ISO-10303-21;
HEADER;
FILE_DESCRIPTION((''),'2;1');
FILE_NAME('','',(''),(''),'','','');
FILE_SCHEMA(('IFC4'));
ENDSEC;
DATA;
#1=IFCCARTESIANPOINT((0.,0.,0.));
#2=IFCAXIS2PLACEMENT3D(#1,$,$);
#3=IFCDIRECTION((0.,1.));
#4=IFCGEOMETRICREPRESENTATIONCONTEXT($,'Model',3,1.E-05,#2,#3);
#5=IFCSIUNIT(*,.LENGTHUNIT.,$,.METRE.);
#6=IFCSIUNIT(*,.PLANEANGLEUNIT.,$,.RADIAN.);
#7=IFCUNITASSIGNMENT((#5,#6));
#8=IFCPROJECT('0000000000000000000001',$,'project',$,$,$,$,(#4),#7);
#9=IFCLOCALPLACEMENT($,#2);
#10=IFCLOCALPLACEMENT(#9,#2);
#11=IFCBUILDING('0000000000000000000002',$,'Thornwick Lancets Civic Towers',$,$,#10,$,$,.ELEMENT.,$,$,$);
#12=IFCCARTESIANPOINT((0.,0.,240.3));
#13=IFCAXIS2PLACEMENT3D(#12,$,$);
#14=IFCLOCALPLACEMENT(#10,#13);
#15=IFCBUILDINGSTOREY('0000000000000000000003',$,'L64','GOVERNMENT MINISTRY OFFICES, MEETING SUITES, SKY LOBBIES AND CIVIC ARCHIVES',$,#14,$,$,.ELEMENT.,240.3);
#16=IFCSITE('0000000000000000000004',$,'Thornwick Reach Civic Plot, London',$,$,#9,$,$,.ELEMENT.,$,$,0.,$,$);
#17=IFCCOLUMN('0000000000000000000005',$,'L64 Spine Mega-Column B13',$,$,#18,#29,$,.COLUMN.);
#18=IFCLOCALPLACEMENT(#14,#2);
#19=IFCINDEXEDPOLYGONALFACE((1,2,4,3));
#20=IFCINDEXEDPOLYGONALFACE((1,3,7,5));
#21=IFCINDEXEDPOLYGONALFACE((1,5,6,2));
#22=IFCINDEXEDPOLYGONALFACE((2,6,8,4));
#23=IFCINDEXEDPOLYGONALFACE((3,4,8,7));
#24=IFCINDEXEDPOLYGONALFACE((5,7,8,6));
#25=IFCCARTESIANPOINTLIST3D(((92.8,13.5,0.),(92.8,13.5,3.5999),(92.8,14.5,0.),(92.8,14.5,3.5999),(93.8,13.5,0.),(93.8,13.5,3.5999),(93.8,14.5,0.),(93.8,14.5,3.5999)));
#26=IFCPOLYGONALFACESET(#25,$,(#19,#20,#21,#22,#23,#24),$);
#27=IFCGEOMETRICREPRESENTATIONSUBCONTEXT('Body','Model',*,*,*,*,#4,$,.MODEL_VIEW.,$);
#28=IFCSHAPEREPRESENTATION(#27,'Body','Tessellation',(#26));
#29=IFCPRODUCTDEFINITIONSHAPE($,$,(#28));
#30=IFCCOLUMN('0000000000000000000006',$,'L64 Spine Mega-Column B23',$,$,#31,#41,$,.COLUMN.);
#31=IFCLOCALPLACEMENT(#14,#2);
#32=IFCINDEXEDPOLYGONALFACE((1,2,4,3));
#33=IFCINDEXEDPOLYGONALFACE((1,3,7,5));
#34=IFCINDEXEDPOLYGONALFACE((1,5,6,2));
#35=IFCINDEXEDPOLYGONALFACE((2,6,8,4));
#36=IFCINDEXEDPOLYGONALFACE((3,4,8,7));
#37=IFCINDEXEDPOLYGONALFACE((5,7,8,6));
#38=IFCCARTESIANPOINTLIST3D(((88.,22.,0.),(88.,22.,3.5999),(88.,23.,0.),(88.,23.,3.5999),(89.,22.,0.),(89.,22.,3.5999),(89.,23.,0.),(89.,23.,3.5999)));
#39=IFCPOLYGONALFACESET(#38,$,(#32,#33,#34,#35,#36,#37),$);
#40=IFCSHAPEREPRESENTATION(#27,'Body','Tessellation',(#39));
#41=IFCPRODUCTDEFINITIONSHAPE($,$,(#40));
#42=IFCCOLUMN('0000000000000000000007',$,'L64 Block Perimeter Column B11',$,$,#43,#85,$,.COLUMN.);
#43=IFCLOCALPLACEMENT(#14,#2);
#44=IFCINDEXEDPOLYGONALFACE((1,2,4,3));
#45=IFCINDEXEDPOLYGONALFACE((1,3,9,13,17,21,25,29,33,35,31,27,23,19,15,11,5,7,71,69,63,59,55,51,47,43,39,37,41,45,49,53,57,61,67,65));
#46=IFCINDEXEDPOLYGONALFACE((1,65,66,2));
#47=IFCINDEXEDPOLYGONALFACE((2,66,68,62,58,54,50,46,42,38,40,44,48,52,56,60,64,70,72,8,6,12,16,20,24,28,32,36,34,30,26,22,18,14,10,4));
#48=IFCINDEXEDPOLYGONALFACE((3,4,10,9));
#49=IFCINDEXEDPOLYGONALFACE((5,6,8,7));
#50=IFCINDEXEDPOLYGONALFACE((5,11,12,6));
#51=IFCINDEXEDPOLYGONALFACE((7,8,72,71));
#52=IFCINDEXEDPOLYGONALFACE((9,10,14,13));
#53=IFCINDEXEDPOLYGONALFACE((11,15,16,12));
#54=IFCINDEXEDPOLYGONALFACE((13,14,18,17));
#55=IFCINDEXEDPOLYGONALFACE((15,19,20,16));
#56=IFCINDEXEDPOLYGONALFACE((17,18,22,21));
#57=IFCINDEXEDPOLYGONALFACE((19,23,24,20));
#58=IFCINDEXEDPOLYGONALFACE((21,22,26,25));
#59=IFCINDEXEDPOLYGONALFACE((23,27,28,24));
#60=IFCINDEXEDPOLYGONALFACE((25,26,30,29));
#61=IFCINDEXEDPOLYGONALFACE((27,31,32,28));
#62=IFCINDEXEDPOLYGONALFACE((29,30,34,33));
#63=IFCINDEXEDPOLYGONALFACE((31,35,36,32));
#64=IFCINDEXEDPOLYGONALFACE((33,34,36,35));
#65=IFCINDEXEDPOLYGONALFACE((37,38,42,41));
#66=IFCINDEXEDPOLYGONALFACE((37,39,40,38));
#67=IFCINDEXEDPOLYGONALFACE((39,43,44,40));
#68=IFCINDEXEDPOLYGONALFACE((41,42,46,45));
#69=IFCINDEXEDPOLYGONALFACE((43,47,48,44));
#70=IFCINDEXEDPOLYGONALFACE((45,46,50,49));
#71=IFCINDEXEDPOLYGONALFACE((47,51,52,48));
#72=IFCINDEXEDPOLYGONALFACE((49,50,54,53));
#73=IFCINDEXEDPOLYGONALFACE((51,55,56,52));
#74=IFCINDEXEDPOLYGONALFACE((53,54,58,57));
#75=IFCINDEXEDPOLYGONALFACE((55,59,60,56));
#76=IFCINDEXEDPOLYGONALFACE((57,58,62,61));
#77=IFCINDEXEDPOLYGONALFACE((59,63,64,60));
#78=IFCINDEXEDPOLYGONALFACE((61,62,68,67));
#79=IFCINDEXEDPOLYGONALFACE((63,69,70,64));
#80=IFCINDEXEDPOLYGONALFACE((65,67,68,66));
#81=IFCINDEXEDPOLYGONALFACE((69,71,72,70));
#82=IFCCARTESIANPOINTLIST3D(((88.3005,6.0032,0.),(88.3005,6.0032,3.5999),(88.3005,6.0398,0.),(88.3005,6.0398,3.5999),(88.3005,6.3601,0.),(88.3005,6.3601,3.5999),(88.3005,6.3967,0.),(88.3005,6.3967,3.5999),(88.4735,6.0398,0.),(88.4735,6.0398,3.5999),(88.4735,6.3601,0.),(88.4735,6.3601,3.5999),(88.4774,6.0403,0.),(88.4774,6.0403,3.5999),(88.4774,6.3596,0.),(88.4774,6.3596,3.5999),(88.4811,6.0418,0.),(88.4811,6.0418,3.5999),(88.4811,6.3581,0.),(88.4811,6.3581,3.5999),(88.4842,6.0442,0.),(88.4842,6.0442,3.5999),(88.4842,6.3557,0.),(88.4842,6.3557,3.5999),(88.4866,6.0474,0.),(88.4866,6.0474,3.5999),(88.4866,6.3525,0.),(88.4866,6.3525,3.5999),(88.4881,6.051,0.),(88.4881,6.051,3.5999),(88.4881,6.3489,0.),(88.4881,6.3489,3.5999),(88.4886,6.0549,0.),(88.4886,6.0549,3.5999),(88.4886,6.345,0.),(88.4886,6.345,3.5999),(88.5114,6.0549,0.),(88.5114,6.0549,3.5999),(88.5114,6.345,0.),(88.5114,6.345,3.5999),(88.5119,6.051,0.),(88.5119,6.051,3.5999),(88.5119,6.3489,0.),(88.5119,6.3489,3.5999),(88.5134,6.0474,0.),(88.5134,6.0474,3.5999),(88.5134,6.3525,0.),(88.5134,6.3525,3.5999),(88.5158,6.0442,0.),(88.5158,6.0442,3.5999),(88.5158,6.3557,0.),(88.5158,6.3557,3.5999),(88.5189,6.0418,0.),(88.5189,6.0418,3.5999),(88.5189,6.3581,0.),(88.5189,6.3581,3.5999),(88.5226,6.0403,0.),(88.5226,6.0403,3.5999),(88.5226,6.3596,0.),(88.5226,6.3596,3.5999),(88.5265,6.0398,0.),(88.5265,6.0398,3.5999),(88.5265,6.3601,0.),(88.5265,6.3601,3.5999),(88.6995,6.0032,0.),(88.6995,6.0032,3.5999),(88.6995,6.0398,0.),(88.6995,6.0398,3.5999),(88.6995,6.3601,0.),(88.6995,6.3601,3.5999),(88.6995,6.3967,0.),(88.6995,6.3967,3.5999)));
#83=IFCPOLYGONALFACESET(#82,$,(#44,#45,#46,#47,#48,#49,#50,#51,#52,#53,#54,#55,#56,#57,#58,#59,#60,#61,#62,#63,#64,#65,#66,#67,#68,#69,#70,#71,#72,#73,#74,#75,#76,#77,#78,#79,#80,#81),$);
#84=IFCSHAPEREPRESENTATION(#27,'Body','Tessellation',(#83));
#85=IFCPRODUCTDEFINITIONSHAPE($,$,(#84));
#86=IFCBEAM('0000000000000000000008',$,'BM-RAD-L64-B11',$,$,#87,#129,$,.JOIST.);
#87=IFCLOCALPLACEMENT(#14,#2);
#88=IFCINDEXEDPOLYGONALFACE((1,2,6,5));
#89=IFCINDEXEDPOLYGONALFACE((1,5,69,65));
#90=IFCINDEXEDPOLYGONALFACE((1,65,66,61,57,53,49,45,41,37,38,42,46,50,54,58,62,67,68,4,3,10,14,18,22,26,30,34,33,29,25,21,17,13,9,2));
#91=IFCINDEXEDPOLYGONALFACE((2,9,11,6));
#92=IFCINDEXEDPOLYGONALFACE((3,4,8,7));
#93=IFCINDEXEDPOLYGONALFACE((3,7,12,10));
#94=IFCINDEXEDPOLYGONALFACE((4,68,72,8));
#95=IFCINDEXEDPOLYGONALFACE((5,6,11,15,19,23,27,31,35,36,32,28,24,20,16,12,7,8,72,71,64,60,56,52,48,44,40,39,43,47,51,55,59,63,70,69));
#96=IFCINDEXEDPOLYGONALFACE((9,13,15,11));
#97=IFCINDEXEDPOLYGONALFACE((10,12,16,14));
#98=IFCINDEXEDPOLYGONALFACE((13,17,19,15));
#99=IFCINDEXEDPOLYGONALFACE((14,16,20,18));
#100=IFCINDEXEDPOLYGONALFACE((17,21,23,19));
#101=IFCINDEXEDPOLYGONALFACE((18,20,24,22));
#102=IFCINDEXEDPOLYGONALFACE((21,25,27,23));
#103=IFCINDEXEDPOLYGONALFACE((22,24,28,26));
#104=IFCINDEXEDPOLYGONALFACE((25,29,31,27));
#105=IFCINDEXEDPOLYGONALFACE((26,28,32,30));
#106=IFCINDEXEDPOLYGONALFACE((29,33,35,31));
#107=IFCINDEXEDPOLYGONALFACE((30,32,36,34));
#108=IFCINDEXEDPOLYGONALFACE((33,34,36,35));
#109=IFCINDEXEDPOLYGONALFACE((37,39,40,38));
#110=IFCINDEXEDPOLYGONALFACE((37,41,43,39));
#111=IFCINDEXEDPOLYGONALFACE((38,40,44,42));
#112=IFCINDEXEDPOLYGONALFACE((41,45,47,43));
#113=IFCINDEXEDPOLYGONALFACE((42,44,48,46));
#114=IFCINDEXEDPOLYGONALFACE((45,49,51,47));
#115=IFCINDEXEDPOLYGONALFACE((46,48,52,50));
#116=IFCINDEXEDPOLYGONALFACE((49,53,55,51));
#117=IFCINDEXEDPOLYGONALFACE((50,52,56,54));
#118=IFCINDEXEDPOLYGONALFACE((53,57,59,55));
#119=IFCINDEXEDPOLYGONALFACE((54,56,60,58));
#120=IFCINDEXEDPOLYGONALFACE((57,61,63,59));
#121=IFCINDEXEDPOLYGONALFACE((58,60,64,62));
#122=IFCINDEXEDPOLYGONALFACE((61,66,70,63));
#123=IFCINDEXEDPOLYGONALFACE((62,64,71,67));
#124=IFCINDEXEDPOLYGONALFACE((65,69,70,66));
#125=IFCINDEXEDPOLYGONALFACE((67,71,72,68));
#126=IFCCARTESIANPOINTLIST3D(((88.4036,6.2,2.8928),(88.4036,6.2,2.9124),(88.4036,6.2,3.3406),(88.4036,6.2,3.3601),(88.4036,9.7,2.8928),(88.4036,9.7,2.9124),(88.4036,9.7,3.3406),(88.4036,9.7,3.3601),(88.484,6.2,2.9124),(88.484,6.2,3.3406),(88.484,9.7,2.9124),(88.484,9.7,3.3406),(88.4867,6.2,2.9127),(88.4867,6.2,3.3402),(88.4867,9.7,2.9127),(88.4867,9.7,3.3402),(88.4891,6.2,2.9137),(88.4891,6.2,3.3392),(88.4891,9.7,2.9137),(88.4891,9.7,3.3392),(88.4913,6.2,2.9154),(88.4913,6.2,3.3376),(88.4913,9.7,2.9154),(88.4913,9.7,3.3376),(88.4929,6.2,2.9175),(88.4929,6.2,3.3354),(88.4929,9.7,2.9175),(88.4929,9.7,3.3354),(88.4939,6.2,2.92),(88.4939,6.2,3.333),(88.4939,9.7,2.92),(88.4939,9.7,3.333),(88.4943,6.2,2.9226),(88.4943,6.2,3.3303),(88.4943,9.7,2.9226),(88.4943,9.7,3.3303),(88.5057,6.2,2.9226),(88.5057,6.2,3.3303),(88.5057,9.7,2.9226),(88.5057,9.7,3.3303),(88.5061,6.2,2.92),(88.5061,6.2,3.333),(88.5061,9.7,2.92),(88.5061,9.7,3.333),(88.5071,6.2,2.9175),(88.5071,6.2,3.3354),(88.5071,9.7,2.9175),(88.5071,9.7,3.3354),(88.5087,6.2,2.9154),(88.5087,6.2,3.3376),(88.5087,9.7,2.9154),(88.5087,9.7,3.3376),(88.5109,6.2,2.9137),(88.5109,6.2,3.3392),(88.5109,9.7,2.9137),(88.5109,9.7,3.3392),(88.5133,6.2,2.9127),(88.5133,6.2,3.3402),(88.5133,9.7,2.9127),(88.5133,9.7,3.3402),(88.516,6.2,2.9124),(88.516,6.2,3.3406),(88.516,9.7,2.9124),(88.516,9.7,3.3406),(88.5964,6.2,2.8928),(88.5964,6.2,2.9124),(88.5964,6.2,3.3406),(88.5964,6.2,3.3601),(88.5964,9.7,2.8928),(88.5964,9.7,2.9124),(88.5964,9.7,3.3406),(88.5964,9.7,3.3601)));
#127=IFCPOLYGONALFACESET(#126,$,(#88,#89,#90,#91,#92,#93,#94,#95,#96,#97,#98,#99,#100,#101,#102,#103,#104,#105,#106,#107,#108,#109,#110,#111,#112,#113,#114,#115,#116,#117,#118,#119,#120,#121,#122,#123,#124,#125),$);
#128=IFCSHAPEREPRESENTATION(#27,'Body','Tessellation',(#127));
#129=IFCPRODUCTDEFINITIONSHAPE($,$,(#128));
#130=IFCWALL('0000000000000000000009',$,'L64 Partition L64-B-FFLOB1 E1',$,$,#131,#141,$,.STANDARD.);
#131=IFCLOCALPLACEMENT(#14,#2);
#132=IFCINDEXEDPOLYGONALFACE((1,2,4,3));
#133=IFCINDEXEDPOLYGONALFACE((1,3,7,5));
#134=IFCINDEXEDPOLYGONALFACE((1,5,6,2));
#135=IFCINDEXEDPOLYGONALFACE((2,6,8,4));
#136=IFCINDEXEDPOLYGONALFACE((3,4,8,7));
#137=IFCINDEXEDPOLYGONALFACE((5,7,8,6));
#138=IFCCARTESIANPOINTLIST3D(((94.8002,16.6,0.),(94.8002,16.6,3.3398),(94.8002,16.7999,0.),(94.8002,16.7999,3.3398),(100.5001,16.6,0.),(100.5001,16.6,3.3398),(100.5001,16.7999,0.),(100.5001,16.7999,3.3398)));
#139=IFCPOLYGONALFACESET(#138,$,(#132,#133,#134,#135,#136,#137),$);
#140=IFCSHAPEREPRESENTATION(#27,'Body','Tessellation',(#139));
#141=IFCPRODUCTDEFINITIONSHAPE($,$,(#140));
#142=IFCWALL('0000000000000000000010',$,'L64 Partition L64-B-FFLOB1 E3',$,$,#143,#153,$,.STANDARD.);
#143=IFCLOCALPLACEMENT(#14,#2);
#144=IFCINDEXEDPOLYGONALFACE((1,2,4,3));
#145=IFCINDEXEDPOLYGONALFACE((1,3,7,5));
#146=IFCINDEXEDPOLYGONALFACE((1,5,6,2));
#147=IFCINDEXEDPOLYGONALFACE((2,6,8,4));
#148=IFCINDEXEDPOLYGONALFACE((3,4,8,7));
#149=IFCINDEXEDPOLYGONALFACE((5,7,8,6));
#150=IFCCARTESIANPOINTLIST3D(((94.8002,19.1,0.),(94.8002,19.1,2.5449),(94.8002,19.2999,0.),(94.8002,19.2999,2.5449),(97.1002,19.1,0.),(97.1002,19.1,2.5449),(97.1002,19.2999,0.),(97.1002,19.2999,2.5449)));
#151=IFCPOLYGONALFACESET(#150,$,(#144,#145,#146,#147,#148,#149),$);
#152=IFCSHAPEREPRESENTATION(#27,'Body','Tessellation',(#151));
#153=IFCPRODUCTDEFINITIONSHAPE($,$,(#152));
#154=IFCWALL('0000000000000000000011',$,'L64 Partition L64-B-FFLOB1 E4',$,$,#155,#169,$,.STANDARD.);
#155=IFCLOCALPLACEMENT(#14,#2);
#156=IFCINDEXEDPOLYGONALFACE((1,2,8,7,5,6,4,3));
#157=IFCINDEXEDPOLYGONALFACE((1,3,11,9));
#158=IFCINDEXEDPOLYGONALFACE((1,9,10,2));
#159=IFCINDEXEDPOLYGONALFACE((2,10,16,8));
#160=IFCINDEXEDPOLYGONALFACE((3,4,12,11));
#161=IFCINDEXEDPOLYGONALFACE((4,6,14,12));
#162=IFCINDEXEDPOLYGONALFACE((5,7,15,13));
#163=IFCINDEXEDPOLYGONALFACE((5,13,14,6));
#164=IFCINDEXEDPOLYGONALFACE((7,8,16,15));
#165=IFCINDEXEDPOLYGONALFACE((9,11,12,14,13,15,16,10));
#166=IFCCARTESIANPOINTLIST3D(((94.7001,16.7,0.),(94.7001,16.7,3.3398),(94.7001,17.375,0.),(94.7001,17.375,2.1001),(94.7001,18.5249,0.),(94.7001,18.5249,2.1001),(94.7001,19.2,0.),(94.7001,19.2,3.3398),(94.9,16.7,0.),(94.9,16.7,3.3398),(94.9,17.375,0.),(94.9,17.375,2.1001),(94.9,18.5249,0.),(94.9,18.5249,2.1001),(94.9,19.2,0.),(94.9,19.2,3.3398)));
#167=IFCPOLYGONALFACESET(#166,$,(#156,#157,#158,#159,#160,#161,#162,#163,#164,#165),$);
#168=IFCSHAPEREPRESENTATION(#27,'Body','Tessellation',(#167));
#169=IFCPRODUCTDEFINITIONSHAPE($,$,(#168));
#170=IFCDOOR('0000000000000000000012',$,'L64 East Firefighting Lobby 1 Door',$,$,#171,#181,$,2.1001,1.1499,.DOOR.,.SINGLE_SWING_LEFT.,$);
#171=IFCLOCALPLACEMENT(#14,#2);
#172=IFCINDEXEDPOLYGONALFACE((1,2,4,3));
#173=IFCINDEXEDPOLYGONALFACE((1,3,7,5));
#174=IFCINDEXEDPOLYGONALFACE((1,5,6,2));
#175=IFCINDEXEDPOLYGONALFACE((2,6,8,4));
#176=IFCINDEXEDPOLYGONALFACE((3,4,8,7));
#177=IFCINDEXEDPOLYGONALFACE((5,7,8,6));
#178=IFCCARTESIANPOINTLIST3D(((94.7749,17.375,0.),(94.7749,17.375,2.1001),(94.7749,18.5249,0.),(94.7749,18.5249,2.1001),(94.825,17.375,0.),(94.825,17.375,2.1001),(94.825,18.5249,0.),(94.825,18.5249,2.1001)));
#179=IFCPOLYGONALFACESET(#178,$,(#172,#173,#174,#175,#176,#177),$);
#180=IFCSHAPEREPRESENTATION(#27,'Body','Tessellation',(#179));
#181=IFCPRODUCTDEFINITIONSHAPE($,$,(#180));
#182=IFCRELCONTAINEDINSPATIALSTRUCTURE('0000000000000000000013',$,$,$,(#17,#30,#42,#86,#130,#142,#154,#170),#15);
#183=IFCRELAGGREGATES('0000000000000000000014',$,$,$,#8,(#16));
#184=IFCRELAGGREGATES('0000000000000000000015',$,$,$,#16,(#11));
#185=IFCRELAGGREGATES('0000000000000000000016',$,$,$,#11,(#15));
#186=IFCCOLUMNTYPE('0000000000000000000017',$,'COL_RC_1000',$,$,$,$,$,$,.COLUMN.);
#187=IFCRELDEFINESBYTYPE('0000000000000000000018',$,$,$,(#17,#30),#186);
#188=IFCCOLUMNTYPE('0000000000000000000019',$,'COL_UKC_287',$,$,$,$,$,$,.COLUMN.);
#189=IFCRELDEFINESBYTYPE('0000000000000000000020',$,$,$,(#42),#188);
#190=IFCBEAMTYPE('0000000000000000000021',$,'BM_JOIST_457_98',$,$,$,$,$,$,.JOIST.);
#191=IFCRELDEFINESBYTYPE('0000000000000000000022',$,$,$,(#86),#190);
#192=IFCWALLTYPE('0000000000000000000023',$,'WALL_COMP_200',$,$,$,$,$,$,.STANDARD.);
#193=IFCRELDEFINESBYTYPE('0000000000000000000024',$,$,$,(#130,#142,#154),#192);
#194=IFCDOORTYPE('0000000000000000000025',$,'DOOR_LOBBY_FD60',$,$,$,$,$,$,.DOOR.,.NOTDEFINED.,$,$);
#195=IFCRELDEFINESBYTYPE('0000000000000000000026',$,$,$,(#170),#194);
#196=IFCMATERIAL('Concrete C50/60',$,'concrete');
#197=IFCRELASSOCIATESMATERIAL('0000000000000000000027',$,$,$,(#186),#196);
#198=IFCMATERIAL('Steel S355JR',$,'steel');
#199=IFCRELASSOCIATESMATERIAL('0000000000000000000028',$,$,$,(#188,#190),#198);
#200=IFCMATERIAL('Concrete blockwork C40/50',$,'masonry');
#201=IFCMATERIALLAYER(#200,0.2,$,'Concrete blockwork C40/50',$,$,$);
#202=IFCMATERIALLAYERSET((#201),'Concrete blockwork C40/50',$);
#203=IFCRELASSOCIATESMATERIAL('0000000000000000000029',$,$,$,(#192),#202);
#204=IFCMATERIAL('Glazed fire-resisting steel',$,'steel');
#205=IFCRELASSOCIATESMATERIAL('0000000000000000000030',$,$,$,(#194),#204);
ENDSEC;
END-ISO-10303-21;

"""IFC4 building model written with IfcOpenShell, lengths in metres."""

from ifc_helpers import new_model, si_unit, direction, frame, frame_2d, origin, origin_2d, place, context, subcontext, project, spatial, rectangle, i_section, extrude, material, layer, layer_set, material_profile, profile_set, type_object, element, fill, save


model = new_model("IFC4")

# Units and contexts
model_context = context("Model", 3, precision=1e-05, world=origin(), true_north=direction((0.0, 1.0)))
body_context = subcontext(model_context, "Body", "Model", "MODEL_VIEW")
ifc_project = project(units=[si_unit("LENGTHUNIT", "METRE"), si_unit("PLANEANGLEUNIT", "RADIAN")], contexts=[model_context])

# Site, building, storey
site_placement = place(None, origin())
site = spatial("IfcSite", under=ifc_project, at=site_placement, Name="Thornwick Reach Civic Plot, London", CompositionType="ELEMENT", RefElevation=0.0)
building_placement = place(site_placement, origin())
building = spatial("IfcBuilding", under=site, at=building_placement, Name="Thornwick Lancets Civic Towers", CompositionType="ELEMENT")
storey_placement = place(building_placement, frame((0.0, 0.0, 240.3)))
storey = spatial("IfcBuildingStorey", under=building, at=storey_placement, Name="L64", Description="GOVERNMENT MINISTRY OFFICES, MEETING SUITES, SKY LOBBIES AND CIVIC ARCHIVES", CompositionType="ELEMENT", Elevation=240.3)

# Columns
ifc_material_1 = material(Name="Concrete C50/60", Category="concrete")
ifc_material_profile_1 = material_profile(ifc_material_1, rectangle(XDim=1.0, YDim=1.0, at=origin_2d()), Name="RC 1000x1000")
ifc_profile_set_1 = profile_set([ifc_material_profile_1], Name="Concrete C50/60")
column_type_1 = type_object("IfcColumnType", Name="COL_RC_1000", PredefinedType="COLUMN", material=ifc_profile_set_1)
for number, where, z_axis, x_axis, name in (
    (1, (93.3, 14.0, 0.0), (0.0, 0.0, 1.0), (1.0, 0.0, 0.0), "L64 Spine Mega-Column B13"),
    (2, (88.5, 22.5, 0.0), (0.0, 0.0, 1.0), (1.0, 0.0, 0.0), "L64 Spine Mega-Column B23"),
):
    element("IfcColumn", number, at=place(storey_placement, frame(where, z_axis=z_axis, x_axis=x_axis)), inside=storey, type_object=column_type_1, Name=name, PredefinedType="COLUMN", context=body_context, shape_type="SweptSolid", body=[
        extrude(rectangle(XDim=1.0, YDim=1.0, at=origin_2d()), origin(), (0.0, 0.0, 1.0), 3.5999),
    ])
ifc_material_2 = material(Name="Steel S355JR", Category="steel")
ifc_material_profile_2 = material_profile(ifc_material_2, i_section(OverallWidth=0.3989, OverallDepth=0.3936, WebThickness=0.0227, FlangeThickness=0.0366, FilletRadius=0.0151, at=origin_2d()), Name="UKC 356x406x287")
ifc_profile_set_2 = profile_set([ifc_material_profile_2], Name="Steel S355JR")
column_type_2 = type_object("IfcColumnType", Name="COL_UKC_287", PredefinedType="COLUMN", material=ifc_profile_set_2)
column_placement = place(storey_placement, frame((88.5, 6.2, 0.0), z_axis=(0.0, 0.0, 1.0), x_axis=(1.0, 0.0, 0.0)))
element("IfcColumn", 3, at=column_placement, inside=storey, type_object=column_type_2, Name="L64 Block Perimeter Column B11", PredefinedType="COLUMN", context=body_context, shape_type="SweptSolid", body=[
    extrude(i_section(OverallWidth=0.3989, OverallDepth=0.3936, WebThickness=0.0227, FlangeThickness=0.0366, FilletRadius=0.0151, at=origin_2d()), origin(), (0.0, 0.0, 1.0), 3.5999),
])

# Beam
ifc_material_profile_3 = material_profile(ifc_material_2, i_section(OverallWidth=0.1929, OverallDepth=0.4673, WebThickness=0.0115, FlangeThickness=0.0195, FilletRadius=0.0103, at=origin_2d()), Name="UKB 457x191x98")
ifc_profile_set_3 = profile_set([ifc_material_profile_3], Name="Steel S355JR")
beam_type = type_object("IfcBeamType", Name="BM_JOIST_457_98", PredefinedType="JOIST", material=ifc_profile_set_3)
beam_placement = place(storey_placement, frame((88.5, 9.7, 3.1265), z_axis=(0.0, -1.0, 0.0), x_axis=(1.0, 0.0, 0.0)))
element("IfcBeam", 4, at=beam_placement, inside=storey, type_object=beam_type, Name="BM-RAD-L64-B11", PredefinedType="JOIST", context=body_context, shape_type="SweptSolid", body=[
    extrude(i_section(OverallWidth=0.1929, OverallDepth=0.4673, WebThickness=0.0115, FlangeThickness=0.0195, FilletRadius=0.0103, at=origin_2d()), origin(), (0.0, 0.0, 1.0), 3.5),
])

# Walls
ifc_material_3 = material(Name="Concrete blockwork C40/50", Category="masonry")
ifc_layer_1 = layer(ifc_material_3, 0.2, Name="Concrete blockwork C40/50")
ifc_layer_set_1 = layer_set([ifc_layer_1], Name="Concrete blockwork C40/50")
wall_type_1 = type_object("IfcWallType", Name="WALL_COMP_200", PredefinedType="STANDARD", material=ifc_layer_set_1)
wall_1_placement = place(storey_placement, frame((94.8, 16.7, 0.0), z_axis=(0.0, 0.0, 1.0), x_axis=(1.0, 0.0, 0.0)))
element("IfcWall", 5, at=wall_1_placement, inside=storey, type_object=wall_type_1, Name="L64 Partition L64-B-FFLOB1 E1", PredefinedType="STANDARD", context=body_context, shape_type="SweptSolid", body=[
    extrude(rectangle(XDim=5.7, YDim=0.2, at=frame_2d((2.8501, 0.0))), origin(), (0.0, 0.0, 1.0), 3.3398),
])
wall_2_placement = place(storey_placement, frame((97.1001, 19.2, 0.0), z_axis=(0.0, 0.0, 1.0), x_axis=(-1.0, 0.0, 0.0)))
element("IfcWall", 6, at=wall_2_placement, inside=storey, type_object=wall_type_1, Name="L64 Partition L64-B-FFLOB1 E3", PredefinedType="STANDARD", context=body_context, shape_type="SweptSolid", body=[
    extrude(rectangle(XDim=2.3, YDim=0.2, at=frame_2d((1.1499, 0.0))), origin(), (0.0, 0.0, 1.0), 2.5449),
])

# Wall, opening, door
wall_3_placement = place(storey_placement, frame((94.8, 19.2, 0.0), z_axis=(0.0, 0.0, 1.0), x_axis=(0.0, -1.0, 0.0)))
wall_3 = element("IfcWall", 7, at=wall_3_placement, inside=storey, type_object=wall_type_1, Name="L64 Partition L64-B-FFLOB1 E4", PredefinedType="STANDARD", context=body_context, shape_type="SweptSolid", body=[
    extrude(rectangle(XDim=2.5, YDim=0.2, at=frame_2d((1.25, 0.0))), origin(), (0.0, 0.0, 1.0), 3.3398),
])
opening_1_placement = place(wall_3_placement, frame((0.675, 0.0, 0.0)))
opening_1 = element("IfcOpeningElement", 8, at=opening_1_placement, cuts=wall_3, PredefinedType="OPENING", context=body_context, shape_type="SweptSolid", body=[
    extrude(rectangle(XDim=1.1499, YDim=2.1001, at=frame_2d((0.575, 1.05))), frame((0.0, 0.1099, 0.0), z_axis=(0.0, -1.0, 0.0), x_axis=(1.0, 0.0, 0.0)), (0.0, 0.0, 1.0), 0.22),
])
ifc_material_4 = material(Name="Glazed fire-resisting steel", Category="steel")
door_type_1 = type_object("IfcDoorType", Name="DOOR_LOBBY_FD60", OperationType="NOTDEFINED", PredefinedType="DOOR", material=ifc_material_4)
door_1_placement = place(opening_1_placement, origin())
door_1 = element("IfcDoor", 9, at=door_1_placement, inside=storey, type_object=door_type_1, Name="L64 East Firefighting Lobby 1 Door", OperationType="SINGLE_SWING_LEFT", OverallHeight=2.1001, OverallWidth=1.1499, PredefinedType="DOOR", context=body_context, shape_type="SweptSolid", body=[
    extrude(rectangle(XDim=1.1499, YDim=2.1001, at=frame_2d((0.575, 1.05))), frame((0.0, 0.0249, 0.0), z_axis=(0.0, -1.0, 0.0), x_axis=(1.0, 0.0, 0.0)), (0.0, 0.0, 1.0), 0.05),
])
fill(opening_1, door_1)

save(model, "model.ifc")
